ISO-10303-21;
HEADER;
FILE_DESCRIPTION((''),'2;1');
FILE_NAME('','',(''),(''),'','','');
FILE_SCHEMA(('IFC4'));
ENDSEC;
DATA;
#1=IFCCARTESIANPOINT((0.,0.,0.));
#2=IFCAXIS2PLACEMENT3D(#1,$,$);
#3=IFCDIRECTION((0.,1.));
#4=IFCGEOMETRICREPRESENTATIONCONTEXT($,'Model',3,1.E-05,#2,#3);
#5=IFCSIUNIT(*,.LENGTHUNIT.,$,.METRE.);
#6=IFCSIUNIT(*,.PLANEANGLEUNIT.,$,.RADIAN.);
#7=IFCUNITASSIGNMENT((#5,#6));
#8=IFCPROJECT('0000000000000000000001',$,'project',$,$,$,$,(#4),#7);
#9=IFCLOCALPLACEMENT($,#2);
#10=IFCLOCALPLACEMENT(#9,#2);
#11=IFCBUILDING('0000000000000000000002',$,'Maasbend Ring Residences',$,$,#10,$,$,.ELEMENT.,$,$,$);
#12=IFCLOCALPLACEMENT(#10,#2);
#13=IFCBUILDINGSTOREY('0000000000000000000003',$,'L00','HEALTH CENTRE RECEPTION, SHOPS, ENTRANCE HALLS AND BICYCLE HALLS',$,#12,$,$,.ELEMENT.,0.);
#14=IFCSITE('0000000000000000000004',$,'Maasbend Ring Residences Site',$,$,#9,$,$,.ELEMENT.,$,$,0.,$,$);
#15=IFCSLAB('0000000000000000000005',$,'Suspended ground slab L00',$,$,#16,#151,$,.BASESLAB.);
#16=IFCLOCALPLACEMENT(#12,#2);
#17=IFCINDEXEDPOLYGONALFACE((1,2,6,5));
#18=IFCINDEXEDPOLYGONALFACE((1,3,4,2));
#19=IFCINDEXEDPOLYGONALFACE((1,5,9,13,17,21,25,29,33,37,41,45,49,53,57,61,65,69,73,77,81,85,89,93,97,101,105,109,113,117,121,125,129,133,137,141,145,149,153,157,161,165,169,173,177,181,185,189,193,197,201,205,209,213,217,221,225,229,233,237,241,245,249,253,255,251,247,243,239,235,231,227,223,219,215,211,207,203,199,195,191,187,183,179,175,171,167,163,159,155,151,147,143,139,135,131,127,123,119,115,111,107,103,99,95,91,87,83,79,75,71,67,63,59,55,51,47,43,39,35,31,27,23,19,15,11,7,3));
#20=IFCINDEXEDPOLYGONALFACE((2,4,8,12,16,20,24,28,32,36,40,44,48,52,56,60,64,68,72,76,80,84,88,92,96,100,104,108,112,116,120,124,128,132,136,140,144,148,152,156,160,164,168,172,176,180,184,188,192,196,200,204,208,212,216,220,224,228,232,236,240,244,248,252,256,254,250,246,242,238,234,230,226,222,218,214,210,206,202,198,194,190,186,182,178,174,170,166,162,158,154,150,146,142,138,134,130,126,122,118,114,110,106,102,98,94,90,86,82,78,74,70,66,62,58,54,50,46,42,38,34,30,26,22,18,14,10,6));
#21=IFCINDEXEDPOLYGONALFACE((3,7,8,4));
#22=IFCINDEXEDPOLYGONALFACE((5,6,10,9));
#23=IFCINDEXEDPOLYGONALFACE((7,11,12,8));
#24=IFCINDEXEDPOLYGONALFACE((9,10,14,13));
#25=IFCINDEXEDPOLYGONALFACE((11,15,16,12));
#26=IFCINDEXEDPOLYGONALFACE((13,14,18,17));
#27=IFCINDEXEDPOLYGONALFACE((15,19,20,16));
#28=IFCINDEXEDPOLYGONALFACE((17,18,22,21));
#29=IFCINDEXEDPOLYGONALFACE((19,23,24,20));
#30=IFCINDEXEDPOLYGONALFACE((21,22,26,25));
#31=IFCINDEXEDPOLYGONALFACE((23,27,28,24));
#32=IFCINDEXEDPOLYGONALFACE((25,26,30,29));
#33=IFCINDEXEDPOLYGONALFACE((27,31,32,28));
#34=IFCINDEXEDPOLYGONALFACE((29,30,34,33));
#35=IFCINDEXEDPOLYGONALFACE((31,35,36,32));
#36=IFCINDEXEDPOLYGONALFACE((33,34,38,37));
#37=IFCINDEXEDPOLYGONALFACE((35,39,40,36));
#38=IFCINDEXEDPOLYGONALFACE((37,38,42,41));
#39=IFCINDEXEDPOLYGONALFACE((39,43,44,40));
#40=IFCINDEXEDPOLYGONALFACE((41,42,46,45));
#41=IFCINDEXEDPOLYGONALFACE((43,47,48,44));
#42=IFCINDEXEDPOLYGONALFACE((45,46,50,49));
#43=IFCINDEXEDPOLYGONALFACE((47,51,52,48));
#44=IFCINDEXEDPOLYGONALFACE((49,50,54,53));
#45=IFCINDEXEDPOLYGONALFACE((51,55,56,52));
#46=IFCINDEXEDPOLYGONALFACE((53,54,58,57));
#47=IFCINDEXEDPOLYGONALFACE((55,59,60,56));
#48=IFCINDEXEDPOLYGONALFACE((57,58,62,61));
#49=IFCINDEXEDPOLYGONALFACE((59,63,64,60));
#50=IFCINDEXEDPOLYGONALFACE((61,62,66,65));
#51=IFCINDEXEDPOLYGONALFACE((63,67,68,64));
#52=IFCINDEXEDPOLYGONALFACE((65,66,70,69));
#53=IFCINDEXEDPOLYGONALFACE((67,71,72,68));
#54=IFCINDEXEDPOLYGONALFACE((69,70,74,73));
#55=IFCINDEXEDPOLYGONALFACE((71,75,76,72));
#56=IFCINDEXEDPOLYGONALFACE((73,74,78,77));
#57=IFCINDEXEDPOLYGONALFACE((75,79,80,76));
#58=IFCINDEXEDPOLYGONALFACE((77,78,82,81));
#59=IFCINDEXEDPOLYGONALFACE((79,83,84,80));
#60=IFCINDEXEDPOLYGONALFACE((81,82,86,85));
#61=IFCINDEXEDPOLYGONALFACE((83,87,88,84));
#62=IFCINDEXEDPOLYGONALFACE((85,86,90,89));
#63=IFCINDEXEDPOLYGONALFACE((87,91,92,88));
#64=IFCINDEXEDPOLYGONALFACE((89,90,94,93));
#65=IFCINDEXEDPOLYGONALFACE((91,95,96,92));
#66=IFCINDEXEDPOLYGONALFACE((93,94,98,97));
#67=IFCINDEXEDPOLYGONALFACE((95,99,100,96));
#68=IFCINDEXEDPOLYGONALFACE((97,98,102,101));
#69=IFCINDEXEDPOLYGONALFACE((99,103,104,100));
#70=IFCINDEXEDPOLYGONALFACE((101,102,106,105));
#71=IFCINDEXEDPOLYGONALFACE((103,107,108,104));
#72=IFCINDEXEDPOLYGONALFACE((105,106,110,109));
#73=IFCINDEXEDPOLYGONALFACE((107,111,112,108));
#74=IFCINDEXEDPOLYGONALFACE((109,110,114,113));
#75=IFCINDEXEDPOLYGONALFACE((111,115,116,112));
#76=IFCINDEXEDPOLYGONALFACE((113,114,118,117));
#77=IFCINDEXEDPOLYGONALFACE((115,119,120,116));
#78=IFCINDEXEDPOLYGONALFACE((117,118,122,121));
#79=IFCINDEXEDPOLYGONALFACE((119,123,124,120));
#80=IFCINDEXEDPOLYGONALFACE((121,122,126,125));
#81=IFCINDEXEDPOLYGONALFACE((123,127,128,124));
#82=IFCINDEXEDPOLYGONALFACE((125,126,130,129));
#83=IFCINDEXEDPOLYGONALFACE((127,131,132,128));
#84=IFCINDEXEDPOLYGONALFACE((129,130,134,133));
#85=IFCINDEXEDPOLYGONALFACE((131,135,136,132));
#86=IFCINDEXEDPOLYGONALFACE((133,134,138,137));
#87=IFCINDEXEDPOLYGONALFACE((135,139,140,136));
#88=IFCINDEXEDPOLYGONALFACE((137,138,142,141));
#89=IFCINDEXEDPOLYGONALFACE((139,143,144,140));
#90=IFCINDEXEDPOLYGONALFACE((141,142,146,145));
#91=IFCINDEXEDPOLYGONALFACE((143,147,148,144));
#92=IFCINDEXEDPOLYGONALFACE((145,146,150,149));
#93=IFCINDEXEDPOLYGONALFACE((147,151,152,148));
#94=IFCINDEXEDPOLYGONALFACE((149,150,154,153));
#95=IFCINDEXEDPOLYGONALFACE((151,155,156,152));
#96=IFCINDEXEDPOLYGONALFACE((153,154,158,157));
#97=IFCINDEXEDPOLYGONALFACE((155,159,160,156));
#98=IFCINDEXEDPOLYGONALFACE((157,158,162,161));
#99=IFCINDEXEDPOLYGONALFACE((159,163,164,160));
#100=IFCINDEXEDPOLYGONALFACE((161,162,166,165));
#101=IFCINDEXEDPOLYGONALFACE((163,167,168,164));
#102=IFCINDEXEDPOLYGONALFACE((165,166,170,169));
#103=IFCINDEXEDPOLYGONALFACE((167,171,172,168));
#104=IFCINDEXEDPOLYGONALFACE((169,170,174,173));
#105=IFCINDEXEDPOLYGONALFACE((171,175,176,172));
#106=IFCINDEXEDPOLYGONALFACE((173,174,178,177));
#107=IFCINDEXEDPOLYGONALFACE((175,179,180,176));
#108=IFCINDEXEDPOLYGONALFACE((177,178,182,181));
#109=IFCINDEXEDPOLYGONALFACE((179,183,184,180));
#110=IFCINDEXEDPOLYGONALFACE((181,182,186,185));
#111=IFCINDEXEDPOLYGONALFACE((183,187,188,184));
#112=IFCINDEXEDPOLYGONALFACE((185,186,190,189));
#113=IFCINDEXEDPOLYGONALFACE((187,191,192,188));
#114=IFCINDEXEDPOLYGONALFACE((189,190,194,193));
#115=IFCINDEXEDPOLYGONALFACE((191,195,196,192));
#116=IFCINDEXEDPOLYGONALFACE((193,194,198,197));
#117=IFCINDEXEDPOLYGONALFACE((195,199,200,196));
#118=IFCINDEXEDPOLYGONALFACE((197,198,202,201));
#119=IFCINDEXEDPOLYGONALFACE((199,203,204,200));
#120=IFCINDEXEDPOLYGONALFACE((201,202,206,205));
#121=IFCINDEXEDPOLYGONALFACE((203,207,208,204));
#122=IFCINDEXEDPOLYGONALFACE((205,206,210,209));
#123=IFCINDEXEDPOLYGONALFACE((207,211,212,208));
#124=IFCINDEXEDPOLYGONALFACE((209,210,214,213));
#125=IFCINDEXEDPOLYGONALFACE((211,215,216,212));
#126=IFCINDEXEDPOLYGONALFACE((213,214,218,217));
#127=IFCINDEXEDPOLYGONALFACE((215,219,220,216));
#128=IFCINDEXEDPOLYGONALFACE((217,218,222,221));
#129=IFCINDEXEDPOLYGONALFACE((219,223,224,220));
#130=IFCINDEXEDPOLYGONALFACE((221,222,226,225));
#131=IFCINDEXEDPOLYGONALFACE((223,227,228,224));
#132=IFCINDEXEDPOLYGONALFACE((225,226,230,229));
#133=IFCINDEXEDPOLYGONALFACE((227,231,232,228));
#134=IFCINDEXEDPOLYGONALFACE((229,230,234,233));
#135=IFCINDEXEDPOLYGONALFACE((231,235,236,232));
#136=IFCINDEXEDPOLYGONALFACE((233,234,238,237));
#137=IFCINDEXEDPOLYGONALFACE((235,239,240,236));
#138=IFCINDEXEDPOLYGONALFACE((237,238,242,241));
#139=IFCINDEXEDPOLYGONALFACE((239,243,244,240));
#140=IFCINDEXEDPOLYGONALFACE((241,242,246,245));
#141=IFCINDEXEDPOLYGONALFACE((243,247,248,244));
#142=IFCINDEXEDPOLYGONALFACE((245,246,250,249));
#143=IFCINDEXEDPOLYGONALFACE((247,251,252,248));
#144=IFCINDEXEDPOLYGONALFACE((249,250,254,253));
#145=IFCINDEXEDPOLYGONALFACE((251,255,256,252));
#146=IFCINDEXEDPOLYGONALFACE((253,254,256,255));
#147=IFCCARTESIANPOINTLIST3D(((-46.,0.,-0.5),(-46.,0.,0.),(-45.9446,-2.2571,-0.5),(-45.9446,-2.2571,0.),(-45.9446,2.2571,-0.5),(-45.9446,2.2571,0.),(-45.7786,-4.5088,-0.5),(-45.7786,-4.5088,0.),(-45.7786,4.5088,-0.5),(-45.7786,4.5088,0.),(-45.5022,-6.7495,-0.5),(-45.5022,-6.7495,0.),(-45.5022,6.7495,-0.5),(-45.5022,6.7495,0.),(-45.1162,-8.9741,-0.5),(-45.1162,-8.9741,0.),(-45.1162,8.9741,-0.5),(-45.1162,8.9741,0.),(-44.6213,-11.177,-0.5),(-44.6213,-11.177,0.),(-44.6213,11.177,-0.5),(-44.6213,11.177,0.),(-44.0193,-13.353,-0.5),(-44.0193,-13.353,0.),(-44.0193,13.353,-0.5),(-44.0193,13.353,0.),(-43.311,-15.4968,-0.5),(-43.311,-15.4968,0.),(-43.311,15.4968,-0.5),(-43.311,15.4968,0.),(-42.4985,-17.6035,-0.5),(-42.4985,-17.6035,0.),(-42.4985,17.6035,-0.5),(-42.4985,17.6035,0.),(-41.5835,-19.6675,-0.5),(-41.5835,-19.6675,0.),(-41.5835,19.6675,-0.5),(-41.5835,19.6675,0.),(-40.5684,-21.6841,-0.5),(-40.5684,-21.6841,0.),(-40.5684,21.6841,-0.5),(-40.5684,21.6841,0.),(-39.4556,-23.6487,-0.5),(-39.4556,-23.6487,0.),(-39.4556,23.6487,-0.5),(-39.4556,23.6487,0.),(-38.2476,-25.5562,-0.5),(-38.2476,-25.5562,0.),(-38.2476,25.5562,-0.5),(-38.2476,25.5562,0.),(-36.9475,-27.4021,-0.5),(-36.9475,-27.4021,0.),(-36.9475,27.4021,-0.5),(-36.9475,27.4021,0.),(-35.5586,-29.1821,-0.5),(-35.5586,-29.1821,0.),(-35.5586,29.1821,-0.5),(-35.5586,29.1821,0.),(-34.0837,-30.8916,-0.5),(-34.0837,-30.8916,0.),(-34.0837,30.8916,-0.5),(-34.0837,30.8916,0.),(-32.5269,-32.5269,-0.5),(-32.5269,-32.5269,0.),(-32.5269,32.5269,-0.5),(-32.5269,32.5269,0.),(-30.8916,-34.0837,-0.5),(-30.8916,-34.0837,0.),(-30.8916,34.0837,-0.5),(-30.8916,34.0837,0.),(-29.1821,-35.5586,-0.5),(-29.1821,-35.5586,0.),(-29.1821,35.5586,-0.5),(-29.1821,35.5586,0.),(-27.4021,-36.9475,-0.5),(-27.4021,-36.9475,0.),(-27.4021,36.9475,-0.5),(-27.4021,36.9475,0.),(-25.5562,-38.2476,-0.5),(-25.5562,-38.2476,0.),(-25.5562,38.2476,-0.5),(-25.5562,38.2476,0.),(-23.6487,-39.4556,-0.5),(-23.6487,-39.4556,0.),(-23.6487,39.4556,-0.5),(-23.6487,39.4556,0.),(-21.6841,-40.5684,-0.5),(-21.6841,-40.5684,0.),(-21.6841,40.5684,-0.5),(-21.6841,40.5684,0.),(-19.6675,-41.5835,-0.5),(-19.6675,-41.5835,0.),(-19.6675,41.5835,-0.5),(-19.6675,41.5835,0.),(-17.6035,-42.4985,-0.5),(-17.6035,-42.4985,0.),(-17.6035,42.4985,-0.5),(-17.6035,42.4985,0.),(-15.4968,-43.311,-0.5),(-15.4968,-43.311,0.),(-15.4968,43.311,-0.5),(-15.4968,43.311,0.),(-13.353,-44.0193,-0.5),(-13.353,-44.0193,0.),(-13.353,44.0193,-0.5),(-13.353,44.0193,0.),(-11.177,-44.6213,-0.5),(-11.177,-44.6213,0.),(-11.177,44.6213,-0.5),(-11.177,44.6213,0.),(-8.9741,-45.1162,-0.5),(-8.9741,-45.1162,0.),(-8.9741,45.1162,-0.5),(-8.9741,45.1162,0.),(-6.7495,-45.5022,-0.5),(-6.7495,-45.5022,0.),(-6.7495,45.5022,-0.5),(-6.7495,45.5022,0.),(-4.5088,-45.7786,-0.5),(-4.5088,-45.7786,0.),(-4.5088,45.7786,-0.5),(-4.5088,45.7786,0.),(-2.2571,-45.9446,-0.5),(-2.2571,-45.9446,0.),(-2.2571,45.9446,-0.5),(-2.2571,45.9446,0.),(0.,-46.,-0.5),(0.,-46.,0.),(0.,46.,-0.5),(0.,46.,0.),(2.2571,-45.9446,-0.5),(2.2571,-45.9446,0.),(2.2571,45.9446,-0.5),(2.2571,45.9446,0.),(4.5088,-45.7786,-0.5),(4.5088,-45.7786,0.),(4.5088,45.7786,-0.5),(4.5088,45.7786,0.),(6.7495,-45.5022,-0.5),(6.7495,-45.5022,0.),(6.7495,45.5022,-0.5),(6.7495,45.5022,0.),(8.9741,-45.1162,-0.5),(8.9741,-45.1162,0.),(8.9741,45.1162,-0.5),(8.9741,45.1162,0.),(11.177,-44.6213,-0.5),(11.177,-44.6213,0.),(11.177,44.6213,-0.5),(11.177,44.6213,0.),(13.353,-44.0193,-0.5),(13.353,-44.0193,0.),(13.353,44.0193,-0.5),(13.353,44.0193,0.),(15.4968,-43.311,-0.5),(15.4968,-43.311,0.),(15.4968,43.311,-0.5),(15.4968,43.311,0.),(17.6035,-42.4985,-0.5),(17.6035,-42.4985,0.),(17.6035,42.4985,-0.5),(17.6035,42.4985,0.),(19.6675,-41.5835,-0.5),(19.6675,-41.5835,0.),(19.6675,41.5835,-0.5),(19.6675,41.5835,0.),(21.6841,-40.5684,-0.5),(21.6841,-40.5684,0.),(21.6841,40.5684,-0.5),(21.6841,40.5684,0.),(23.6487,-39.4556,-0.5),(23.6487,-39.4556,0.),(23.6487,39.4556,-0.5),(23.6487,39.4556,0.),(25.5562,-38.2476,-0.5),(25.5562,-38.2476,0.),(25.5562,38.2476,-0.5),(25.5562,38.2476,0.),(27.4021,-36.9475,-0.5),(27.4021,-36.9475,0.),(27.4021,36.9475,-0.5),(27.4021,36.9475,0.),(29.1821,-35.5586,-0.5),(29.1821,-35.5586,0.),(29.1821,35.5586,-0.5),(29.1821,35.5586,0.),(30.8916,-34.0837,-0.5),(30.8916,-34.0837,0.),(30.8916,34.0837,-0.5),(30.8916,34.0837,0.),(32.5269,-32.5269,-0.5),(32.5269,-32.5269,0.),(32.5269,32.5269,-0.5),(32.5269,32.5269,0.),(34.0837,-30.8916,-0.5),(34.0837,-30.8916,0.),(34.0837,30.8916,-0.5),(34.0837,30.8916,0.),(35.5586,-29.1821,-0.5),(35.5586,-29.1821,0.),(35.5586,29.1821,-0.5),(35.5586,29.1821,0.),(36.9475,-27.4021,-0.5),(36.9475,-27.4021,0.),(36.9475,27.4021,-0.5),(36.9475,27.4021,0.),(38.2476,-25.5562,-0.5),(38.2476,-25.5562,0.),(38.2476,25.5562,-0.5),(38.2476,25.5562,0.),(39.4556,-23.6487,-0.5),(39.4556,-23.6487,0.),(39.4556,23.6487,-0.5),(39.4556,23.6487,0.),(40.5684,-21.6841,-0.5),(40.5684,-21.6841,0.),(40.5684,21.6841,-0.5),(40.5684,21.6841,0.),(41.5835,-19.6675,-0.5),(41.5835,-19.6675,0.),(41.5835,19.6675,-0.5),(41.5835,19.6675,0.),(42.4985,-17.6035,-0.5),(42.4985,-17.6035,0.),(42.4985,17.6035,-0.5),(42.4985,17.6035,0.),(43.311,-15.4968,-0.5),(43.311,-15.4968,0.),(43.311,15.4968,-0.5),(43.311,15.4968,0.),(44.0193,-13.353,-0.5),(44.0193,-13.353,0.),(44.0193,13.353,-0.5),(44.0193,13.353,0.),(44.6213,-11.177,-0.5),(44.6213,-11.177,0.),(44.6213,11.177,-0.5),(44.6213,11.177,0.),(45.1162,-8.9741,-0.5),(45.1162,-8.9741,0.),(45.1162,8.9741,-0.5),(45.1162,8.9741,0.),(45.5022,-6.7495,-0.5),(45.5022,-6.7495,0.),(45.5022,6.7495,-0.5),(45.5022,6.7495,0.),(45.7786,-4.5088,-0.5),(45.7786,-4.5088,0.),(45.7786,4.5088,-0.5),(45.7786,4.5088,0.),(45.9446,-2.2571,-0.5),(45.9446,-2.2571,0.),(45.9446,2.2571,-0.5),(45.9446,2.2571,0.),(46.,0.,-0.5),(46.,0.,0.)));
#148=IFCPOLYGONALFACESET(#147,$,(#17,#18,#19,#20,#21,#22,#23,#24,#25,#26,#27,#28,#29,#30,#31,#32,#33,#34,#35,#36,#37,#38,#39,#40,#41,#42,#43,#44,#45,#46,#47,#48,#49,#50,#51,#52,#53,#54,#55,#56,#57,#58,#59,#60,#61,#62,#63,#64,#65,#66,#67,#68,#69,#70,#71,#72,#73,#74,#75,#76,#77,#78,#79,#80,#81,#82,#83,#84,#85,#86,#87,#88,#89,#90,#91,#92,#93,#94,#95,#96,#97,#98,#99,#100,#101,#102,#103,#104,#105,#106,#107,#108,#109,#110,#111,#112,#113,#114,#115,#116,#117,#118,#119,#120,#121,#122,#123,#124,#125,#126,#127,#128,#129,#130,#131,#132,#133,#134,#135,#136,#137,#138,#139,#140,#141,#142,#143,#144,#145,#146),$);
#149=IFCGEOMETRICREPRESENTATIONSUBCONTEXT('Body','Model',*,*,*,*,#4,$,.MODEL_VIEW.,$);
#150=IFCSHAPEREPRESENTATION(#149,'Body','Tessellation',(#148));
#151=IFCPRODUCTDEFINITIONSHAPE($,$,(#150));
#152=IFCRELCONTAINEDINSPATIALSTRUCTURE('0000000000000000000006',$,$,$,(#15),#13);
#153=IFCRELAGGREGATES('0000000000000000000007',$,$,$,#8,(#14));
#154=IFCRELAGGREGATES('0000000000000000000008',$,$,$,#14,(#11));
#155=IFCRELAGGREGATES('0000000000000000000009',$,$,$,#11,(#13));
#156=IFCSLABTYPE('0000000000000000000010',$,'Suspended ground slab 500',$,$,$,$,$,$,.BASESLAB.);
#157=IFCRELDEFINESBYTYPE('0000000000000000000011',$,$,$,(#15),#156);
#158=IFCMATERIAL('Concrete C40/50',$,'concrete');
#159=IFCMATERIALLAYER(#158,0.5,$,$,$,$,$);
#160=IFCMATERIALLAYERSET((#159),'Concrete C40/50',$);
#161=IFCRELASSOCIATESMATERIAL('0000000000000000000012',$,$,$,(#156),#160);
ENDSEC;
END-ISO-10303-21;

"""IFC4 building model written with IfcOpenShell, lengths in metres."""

from ifc_helpers import new_model, si_unit, direction, frame, origin, place, context, subcontext, project, spatial, polyline, outline, extrude, material, layer, layer_set, type_object, element, save


model = new_model("IFC4")

# Units and contexts
model_context = context("Model", 3, precision=1e-05, world=origin(), true_north=direction((0.0, 1.0)))
body_context = subcontext(model_context, "Body", "Model", "MODEL_VIEW")
ifc_project = project(units=[si_unit("LENGTHUNIT", "METRE"), si_unit("PLANEANGLEUNIT", "RADIAN")], contexts=[model_context])

# Site, building, storey
site_placement = place(None, origin())
site = spatial("IfcSite", under=ifc_project, at=site_placement, Name="Maasbend Ring Residences Site", CompositionType="ELEMENT", RefElevation=0.0)
building_placement = place(site_placement, origin())
building = spatial("IfcBuilding", under=site, at=building_placement, Name="Maasbend Ring Residences", CompositionType="ELEMENT")
storey_placement = place(building_placement, origin())
storey = spatial("IfcBuildingStorey", under=building, at=storey_placement, Name="L00", Description="HEALTH CENTRE RECEPTION, SHOPS, ENTRANCE HALLS AND BICYCLE HALLS", CompositionType="ELEMENT", Elevation=0.0)

# Slab
ifc_material_1 = material(Name="Concrete C40/50", Category="concrete")
ifc_layer_1 = layer(ifc_material_1, 0.5)
ifc_layer_set_1 = layer_set([ifc_layer_1], Name="Concrete C40/50")
slab_type_1 = type_object("IfcSlabType", Name="Suspended ground slab 500", PredefinedType="BASESLAB", material=ifc_layer_set_1)
slab_1_placement = place(storey_placement, frame((0.0, 0.0, -0.5)))
element("IfcSlab", 1, at=slab_1_placement, inside=storey, type_object=slab_type_1, Name="Suspended ground slab L00", PredefinedType="BASESLAB", context=body_context, shape_type="SweptSolid", body=[
    extrude(outline(polyline([(46.0, 0.0), (45.9446, 2.2571), (45.7786, 4.5088), (45.5022, 6.7495), (45.1162, 8.9741), (44.6213, 11.177), (44.0193, 13.353), (43.311, 15.4968), (42.4985, 17.6035), (41.5835, 19.6675), (40.5684, 21.6841), (39.4556, 23.6487), (38.2476, 25.5562), (36.9475, 27.4021), (35.5586, 29.1821), (34.0837, 30.8916), (32.5269, 32.5269), (30.8916, 34.0837), (29.1821, 35.5586), (27.4021, 36.9475), (25.5562, 38.2476), (23.6487, 39.4556), (21.6841, 40.5684), (19.6675, 41.5835), (17.6035, 42.4985), (15.4968, 43.311), (13.353, 44.0193), (11.177, 44.6213), (8.9741, 45.1162), (6.7495, 45.5022), (4.5088, 45.7786), (2.2571, 45.9446), (0.0, 46.0), (-2.2571, 45.9446), (-4.5088, 45.7786), (-6.7495, 45.5022), (-8.9741, 45.1162), (-11.177, 44.6213), (-13.353, 44.0193), (-15.4968, 43.311), (-17.6035, 42.4985), (-19.6675, 41.5835), (-21.6841, 40.5684), (-23.6487, 39.4556), (-25.5562, 38.2476), (-27.4021, 36.9475), (-29.1821, 35.5586), (-30.8916, 34.0837), (-32.5269, 32.5269), (-34.0837, 30.8916), (-35.5586, 29.1821), (-36.9475, 27.4021), (-38.2476, 25.5562), (-39.4556, 23.6487), (-40.5684, 21.6841), (-41.5835, 19.6675), (-42.4985, 17.6035), (-43.311, 15.4968), (-44.0193, 13.353), (-44.6213, 11.177), (-45.1162, 8.9741), (-45.5022, 6.7495), (-45.7786, 4.5088), (-45.9446, 2.2571), (-46.0, 0.0), (-45.9446, -2.2571), (-45.7786, -4.5088), (-45.5022, -6.7495), (-45.1162, -8.9741), (-44.6213, -11.177), (-44.0193, -13.353), (-43.311, -15.4968), (-42.4985, -17.6035), (-41.5835, -19.6675), (-40.5684, -21.6841), (-39.4556, -23.6487), (-38.2476, -25.5562), (-36.9475, -27.4021), (-35.5586, -29.1821), (-34.0837, -30.8916), (-32.5269, -32.5269), (-30.8916, -34.0837), (-29.1821, -35.5586), (-27.4021, -36.9475), (-25.5562, -38.2476), (-23.6487, -39.4556), (-21.6841, -40.5684), (-19.6675, -41.5835), (-17.6035, -42.4985), (-15.4968, -43.311), (-13.353, -44.0193), (-11.177, -44.6213), (-8.9741, -45.1162), (-6.7495, -45.5022), (-4.5088, -45.7786), (-2.2571, -45.9446), (0.0, -46.0), (2.2571, -45.9446), (4.5088, -45.7786), (6.7495, -45.5022), (8.9741, -45.1162), (11.177, -44.6213), (13.353, -44.0193), (15.4968, -43.311), (17.6035, -42.4985), (19.6675, -41.5835), (21.6841, -40.5684), (23.6487, -39.4556), (25.5562, -38.2476), (27.4021, -36.9475), (29.1821, -35.5586), (30.8916, -34.0837), (32.5269, -32.5269), (34.0837, -30.8916), (35.5586, -29.1821), (36.9475, -27.4021), (38.2476, -25.5562), (39.4556, -23.6487), (40.5684, -21.6841), (41.5835, -19.6675), (42.4985, -17.6035), (43.311, -15.4968), (44.0193, -13.353), (44.6213, -11.177), (45.1162, -8.9741), (45.5022, -6.7495), (45.7786, -4.5088), (45.9446, -2.2571), (46.0, 0.0)])), origin(), (0.0, 0.0, 1.0), 0.5),
])

save(model, "model.ifc")
